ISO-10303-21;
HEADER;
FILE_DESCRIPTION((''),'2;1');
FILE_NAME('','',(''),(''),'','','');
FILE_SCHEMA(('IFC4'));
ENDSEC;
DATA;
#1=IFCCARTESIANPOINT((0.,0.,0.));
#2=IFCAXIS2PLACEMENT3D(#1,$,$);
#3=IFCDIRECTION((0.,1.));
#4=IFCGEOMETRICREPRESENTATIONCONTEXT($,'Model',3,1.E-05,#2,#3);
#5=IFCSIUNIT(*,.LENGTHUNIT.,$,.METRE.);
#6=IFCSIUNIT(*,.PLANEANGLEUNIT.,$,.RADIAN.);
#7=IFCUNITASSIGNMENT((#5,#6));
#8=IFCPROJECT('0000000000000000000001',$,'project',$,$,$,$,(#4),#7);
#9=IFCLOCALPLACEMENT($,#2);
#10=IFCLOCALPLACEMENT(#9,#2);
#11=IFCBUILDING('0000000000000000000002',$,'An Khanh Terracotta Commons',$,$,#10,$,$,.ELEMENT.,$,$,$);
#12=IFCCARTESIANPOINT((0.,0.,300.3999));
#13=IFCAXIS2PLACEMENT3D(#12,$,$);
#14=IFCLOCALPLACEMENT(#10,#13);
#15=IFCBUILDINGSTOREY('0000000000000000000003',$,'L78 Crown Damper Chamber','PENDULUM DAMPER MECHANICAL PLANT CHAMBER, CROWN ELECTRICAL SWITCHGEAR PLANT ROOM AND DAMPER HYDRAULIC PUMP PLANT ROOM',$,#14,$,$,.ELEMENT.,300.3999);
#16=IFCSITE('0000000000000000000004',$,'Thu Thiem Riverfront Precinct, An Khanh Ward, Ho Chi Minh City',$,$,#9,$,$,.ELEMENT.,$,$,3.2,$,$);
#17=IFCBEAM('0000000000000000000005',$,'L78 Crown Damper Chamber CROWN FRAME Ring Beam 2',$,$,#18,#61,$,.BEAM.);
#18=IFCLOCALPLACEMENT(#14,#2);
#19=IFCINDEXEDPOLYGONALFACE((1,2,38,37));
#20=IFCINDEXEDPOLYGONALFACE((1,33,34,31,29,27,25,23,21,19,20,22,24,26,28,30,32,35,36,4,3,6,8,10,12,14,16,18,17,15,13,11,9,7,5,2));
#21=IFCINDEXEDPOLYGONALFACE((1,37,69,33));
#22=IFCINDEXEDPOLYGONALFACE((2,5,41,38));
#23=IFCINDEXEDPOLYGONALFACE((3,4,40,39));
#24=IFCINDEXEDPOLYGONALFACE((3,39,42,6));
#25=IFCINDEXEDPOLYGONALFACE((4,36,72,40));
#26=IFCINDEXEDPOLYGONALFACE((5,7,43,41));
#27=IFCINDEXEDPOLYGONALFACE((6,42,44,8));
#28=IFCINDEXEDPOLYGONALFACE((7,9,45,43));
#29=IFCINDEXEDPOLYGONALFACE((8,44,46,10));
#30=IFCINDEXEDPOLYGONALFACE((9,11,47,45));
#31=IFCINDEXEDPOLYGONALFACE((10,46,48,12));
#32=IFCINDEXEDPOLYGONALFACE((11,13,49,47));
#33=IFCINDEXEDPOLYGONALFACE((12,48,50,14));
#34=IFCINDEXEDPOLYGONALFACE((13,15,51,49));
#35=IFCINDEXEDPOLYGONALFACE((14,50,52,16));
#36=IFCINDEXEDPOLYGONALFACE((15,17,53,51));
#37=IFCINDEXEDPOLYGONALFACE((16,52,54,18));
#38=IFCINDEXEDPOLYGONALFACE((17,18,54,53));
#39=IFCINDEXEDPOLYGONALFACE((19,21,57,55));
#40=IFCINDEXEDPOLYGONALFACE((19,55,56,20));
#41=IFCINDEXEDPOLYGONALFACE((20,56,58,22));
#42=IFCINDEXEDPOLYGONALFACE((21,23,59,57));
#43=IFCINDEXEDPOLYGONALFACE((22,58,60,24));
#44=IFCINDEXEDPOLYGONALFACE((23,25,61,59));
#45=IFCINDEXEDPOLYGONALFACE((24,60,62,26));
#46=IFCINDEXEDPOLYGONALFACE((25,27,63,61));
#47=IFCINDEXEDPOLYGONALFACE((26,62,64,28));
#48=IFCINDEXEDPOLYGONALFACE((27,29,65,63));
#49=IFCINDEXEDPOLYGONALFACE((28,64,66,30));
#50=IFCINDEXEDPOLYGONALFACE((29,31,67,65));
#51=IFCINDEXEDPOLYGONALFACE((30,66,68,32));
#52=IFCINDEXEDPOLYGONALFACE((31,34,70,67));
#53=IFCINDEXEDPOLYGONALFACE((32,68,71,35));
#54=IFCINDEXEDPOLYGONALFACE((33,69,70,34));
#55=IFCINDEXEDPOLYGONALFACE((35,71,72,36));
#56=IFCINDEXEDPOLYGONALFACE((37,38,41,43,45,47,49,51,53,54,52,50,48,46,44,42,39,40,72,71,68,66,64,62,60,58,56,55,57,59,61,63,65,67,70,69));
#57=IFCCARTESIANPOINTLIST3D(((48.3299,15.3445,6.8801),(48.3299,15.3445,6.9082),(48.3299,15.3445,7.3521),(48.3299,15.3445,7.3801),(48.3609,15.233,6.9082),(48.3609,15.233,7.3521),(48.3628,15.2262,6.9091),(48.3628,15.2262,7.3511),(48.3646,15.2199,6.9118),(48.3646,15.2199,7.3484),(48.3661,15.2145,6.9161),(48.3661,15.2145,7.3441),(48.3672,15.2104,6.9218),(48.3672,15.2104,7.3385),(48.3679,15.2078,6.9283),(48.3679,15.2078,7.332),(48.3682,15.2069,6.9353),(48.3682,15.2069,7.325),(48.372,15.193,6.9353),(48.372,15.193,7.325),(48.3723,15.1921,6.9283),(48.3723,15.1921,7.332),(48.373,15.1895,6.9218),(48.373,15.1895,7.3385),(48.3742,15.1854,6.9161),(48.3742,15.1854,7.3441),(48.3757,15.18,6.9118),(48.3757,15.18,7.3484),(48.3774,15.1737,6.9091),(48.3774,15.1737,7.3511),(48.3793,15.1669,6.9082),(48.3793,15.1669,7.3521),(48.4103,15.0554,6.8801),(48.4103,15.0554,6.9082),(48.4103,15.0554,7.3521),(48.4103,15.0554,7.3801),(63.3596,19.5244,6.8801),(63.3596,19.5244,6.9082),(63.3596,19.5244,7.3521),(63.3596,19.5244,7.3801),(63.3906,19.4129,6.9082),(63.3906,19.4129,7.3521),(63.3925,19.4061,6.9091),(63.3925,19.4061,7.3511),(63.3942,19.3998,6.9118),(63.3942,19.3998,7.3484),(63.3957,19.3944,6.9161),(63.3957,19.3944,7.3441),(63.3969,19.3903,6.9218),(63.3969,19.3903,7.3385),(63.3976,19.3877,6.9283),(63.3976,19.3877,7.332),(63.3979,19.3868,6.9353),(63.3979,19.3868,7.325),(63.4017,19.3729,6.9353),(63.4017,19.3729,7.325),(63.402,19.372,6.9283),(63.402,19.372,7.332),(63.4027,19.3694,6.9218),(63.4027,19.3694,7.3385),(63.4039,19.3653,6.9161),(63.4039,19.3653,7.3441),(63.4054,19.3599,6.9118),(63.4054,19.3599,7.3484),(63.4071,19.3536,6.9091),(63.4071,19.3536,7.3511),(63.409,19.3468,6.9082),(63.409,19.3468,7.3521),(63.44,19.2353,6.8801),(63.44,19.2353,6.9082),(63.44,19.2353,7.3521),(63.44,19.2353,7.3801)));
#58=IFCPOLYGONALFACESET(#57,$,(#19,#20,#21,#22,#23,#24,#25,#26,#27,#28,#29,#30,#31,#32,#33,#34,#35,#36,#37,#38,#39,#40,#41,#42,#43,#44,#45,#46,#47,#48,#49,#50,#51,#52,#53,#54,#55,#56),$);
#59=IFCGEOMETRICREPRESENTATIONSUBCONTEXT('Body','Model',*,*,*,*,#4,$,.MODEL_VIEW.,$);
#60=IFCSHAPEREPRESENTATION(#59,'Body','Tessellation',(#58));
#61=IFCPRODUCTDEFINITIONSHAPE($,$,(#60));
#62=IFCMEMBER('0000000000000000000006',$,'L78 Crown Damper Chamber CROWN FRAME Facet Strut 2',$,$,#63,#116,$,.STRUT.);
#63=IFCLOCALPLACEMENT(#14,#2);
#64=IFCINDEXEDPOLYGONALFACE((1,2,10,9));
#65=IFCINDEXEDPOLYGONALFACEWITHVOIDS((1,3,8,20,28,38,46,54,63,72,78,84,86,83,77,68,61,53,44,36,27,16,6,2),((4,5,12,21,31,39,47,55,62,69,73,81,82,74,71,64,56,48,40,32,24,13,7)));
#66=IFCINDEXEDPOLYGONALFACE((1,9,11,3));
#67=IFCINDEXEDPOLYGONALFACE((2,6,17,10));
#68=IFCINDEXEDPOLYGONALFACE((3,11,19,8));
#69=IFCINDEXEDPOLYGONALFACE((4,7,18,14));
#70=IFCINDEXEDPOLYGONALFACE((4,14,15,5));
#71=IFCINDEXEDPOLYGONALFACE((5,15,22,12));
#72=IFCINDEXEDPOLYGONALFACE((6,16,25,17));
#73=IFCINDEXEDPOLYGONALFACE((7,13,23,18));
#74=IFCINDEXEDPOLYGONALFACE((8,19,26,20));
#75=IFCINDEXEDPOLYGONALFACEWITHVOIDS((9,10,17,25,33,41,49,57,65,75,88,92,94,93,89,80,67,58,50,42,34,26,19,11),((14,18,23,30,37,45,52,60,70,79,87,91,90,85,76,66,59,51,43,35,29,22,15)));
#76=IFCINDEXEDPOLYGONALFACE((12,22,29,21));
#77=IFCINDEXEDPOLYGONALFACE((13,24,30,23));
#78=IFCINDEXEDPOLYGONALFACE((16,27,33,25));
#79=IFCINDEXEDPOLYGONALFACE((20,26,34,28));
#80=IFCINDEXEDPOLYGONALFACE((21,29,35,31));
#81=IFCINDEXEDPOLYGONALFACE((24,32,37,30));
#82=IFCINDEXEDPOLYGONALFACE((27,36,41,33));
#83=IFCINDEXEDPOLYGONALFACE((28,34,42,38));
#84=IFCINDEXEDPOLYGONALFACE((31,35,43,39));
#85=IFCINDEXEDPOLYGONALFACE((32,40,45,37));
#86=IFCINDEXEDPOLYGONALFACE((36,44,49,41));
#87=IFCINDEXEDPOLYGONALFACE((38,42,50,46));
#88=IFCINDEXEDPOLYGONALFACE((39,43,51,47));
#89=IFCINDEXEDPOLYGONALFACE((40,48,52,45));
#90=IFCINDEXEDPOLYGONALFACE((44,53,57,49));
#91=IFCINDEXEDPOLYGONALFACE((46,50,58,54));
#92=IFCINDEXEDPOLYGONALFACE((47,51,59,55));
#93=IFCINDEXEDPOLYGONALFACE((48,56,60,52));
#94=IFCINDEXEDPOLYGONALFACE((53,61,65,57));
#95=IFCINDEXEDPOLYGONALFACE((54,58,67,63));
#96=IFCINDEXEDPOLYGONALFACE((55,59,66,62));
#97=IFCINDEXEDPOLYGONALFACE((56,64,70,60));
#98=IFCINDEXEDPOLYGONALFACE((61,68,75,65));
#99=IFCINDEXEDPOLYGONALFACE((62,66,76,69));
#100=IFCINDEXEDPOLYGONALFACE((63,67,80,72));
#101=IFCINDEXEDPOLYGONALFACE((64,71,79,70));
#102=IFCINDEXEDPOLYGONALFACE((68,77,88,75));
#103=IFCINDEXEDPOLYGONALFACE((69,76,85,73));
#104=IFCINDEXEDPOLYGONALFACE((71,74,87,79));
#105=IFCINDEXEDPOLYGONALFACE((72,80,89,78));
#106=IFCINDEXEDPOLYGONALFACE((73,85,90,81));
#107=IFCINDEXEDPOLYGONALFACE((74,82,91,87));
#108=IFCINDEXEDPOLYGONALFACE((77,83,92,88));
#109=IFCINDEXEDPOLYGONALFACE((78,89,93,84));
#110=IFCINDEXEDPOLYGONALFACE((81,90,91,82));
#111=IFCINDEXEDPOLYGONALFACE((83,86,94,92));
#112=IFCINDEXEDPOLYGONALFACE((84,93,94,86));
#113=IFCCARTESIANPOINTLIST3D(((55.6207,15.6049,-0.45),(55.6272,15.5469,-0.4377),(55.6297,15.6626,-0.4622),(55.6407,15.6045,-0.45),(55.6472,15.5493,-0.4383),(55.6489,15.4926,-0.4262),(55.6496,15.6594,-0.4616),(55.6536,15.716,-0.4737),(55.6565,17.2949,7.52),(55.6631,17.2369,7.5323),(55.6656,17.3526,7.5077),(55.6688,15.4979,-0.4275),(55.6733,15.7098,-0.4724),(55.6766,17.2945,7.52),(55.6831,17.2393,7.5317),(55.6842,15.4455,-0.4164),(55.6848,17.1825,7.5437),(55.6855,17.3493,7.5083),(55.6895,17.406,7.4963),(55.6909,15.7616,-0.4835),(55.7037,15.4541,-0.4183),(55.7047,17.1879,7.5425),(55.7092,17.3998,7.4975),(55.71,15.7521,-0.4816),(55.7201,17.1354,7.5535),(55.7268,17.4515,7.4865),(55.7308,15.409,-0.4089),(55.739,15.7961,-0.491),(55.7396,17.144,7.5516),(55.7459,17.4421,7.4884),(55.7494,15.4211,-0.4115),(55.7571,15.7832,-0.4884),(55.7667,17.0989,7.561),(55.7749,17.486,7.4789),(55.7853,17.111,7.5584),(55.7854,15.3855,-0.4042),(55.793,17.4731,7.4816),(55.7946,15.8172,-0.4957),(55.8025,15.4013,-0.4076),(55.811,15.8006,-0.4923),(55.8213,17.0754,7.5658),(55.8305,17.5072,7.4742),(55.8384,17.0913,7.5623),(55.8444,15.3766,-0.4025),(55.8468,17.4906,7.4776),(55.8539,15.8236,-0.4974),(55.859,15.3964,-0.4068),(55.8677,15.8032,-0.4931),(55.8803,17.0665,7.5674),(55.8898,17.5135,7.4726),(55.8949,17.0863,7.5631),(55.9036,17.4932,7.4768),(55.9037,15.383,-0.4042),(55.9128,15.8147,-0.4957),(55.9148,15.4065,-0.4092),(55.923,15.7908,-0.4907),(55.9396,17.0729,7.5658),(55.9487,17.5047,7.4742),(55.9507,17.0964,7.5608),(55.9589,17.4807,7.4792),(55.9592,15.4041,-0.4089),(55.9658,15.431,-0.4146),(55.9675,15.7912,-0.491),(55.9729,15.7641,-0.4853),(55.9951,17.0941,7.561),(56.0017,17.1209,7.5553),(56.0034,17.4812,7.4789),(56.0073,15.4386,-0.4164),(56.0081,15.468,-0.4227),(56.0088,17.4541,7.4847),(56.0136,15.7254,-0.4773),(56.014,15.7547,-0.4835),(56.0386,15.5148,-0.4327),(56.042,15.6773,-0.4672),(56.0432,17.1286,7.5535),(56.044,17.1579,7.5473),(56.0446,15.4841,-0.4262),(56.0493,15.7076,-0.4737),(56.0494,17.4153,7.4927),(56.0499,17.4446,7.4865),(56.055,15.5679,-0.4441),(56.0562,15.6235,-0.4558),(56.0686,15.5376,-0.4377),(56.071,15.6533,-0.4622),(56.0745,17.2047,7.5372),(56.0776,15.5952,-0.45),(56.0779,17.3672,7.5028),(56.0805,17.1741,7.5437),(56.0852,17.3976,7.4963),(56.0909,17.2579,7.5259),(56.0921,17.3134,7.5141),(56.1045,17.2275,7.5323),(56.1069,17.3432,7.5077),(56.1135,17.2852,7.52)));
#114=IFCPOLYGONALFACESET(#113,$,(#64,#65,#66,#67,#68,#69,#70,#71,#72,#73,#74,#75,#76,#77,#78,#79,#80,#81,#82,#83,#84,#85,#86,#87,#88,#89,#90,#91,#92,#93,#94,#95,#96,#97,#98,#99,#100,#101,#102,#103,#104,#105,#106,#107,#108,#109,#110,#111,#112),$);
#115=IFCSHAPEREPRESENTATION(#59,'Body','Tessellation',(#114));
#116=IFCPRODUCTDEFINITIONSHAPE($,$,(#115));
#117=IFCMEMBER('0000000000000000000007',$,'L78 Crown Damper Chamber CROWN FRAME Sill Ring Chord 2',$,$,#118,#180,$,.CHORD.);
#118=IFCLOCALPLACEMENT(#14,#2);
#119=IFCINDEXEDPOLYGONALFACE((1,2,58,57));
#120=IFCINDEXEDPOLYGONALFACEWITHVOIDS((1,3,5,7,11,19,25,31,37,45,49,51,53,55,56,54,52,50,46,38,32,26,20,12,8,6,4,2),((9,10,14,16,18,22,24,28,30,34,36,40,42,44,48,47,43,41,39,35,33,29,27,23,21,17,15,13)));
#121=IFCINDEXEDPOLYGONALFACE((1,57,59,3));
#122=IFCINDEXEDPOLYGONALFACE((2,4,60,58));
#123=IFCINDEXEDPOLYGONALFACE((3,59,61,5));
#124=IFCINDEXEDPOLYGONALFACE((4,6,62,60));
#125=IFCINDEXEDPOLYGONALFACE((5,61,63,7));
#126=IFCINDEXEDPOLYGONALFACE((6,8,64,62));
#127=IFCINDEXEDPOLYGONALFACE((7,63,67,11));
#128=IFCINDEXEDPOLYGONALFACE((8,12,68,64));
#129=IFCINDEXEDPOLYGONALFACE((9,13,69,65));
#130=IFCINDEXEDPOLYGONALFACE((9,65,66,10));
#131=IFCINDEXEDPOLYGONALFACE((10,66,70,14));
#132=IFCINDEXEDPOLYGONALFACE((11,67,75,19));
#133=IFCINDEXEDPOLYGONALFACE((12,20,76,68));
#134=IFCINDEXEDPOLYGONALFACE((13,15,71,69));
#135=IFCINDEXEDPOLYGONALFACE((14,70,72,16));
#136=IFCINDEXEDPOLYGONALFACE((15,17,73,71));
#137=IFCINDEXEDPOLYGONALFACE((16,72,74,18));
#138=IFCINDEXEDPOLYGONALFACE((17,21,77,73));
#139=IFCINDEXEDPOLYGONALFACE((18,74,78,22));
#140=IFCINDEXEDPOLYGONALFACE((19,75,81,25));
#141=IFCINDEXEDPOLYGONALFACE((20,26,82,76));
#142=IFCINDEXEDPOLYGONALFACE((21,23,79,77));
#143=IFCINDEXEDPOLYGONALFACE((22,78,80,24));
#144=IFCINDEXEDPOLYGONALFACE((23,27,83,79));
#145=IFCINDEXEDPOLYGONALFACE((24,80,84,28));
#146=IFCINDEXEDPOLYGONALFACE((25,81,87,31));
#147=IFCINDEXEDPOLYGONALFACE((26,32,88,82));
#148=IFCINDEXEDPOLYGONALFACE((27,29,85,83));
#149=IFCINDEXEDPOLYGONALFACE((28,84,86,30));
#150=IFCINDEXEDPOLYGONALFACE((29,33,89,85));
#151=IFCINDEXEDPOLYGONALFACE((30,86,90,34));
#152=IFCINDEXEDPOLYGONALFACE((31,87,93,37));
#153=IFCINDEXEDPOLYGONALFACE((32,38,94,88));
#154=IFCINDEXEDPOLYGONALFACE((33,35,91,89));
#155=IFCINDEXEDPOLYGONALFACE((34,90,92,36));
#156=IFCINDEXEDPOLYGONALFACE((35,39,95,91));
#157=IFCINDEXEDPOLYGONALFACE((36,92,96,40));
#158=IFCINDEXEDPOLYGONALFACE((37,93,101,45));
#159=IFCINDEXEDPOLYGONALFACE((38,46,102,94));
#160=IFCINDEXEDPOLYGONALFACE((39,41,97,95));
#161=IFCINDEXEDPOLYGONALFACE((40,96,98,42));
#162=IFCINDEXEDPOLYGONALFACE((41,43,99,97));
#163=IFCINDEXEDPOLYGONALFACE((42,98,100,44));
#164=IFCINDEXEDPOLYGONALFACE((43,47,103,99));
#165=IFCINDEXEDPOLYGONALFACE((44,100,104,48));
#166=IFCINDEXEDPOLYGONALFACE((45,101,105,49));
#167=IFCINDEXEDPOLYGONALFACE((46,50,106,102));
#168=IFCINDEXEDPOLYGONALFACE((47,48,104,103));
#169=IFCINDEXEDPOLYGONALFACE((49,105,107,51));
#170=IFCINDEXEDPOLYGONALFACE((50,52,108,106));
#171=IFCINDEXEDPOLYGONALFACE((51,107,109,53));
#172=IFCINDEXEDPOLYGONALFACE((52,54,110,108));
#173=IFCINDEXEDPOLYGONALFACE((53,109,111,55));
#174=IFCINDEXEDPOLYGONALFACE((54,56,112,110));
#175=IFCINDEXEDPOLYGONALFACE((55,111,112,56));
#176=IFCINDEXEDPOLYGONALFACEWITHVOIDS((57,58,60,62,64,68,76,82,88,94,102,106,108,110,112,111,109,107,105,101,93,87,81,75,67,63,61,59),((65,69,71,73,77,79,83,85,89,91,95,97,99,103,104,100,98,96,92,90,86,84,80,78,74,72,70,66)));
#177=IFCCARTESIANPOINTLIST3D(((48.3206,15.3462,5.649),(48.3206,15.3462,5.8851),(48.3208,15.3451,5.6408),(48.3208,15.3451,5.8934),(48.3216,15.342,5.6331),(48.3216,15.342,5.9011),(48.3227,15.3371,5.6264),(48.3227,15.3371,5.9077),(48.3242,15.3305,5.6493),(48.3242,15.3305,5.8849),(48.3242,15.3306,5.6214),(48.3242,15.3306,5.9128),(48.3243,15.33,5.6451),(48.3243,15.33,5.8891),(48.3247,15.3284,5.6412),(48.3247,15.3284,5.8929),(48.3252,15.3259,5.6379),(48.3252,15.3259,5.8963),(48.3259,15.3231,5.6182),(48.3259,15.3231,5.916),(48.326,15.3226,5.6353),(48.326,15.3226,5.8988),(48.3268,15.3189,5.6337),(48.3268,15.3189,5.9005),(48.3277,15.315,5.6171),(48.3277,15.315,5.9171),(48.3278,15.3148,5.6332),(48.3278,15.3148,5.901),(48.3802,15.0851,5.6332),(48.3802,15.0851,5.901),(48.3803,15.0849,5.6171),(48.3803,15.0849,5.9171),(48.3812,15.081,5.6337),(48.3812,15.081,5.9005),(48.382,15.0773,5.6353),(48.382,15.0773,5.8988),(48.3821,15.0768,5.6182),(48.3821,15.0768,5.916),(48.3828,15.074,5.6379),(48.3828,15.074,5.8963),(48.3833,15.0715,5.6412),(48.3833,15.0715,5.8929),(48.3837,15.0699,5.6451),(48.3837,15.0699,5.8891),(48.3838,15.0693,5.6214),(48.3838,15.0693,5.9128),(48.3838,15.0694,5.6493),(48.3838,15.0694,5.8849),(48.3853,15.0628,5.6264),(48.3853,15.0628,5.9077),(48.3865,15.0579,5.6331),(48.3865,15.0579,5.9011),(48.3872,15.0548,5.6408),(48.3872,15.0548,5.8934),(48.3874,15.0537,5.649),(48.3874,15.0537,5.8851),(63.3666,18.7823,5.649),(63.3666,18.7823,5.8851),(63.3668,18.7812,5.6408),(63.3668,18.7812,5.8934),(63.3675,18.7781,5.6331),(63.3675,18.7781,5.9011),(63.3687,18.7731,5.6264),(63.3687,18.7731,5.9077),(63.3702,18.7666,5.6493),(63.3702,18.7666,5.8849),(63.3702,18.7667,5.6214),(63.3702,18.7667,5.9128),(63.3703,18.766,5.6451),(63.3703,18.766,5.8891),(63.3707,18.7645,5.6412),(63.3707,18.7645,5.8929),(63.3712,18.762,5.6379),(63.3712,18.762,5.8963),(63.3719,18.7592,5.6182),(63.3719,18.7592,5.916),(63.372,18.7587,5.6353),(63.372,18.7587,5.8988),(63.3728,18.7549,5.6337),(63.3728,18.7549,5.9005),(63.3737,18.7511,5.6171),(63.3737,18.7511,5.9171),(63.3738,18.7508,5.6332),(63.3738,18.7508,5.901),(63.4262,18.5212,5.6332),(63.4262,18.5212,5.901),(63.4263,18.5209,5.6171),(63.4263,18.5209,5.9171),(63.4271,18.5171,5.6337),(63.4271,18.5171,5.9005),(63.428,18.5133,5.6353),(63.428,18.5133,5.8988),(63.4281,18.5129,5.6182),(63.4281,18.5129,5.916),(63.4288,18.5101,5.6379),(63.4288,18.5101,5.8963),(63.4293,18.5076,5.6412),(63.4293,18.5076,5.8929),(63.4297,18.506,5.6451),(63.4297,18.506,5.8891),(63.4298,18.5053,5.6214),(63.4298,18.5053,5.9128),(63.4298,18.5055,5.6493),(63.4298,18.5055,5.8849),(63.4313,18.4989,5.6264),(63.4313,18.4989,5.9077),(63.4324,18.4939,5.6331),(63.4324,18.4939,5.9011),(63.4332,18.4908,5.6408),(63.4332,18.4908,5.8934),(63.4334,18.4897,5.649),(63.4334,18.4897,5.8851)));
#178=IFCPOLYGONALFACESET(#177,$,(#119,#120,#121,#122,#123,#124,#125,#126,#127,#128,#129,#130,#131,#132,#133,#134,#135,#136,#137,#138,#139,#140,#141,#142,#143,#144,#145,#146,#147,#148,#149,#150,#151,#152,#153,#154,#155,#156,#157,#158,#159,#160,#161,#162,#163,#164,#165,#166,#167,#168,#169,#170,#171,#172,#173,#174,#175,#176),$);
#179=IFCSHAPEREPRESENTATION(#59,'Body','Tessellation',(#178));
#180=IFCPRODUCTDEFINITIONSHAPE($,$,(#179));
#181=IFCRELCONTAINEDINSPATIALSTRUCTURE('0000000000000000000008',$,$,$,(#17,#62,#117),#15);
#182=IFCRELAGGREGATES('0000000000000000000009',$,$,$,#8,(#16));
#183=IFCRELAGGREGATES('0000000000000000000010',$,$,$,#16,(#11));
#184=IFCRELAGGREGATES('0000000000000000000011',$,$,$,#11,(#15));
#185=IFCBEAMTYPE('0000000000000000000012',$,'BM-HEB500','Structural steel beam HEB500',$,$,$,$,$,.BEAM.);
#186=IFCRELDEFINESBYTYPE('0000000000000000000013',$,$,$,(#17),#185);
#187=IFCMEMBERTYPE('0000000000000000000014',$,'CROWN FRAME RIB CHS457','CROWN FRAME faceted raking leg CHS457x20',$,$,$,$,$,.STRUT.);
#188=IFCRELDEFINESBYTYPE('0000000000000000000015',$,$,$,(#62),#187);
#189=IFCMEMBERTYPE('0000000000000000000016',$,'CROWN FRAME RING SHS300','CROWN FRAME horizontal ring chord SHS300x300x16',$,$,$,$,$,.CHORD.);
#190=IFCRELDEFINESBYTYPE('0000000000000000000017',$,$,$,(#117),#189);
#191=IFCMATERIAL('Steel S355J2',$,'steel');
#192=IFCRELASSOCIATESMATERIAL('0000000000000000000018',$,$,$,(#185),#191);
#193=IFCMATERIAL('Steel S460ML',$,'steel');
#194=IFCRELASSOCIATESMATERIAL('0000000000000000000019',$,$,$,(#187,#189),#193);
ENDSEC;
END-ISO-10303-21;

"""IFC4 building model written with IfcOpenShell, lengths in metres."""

from ifc_helpers import new_model, si_unit, direction, frame, origin, origin_2d, place, context, subcontext, project, spatial, hollow_rectangle, hollow_circle, i_section, extrude, material, material_profile, profile_set, type_object, element, save


model = new_model("IFC4")

# Units and contexts
model_context = context("Model", 3, precision=1e-05, world=origin(), true_north=direction((0.0, 1.0)))
body_context = subcontext(model_context, "Body", "Model", "MODEL_VIEW")
ifc_project = project(units=[si_unit("LENGTHUNIT", "METRE"), si_unit("PLANEANGLEUNIT", "RADIAN")], contexts=[model_context])

# Site, building, storey
site_placement = place(None, origin())
site = spatial("IfcSite", under=ifc_project, at=site_placement, Name="Thu Thiem Riverfront Precinct, An Khanh Ward, Ho Chi Minh City", CompositionType="ELEMENT", RefElevation=3.2)
building_placement = place(site_placement, origin())
building = spatial("IfcBuilding", under=site, at=building_placement, Name="An Khanh Terracotta Commons", CompositionType="ELEMENT")
storey_placement = place(building_placement, frame((0.0, 0.0, 300.3999)))
storey = spatial("IfcBuildingStorey", under=building, at=storey_placement, Name="L78 Crown Damper Chamber", Description="PENDULUM DAMPER MECHANICAL PLANT CHAMBER, CROWN ELECTRICAL SWITCHGEAR PLANT ROOM AND DAMPER HYDRAULIC PUMP PLANT ROOM", CompositionType="ELEMENT", Elevation=300.3999)

# Beam
ifc_material_1 = material(Name="Steel S355J2", Category="steel")
ifc_material_profile_1 = material_profile(ifc_material_1, i_section(OverallWidth=0.3, OverallDepth=0.5, WebThickness=0.0144, FlangeThickness=0.0281, FilletRadius=0.0271, at=origin_2d()), Name="HEB500")
ifc_profile_set_1 = profile_set([ifc_material_profile_1], Name="Steel S355J2")
beam_type = type_object("IfcBeamType", Name="BM-HEB500", Description="Structural steel beam HEB500", PredefinedType="BEAM", material=ifc_profile_set_1)
beam_placement = place(storey_placement, frame((48.3701, 15.2, 7.1301), z_axis=(0.963435, 0.267941, 0.0), x_axis=(-0.267941, 0.963435, 0.0)))
element("IfcBeam", 1, at=beam_placement, inside=storey, type_object=beam_type, Name="L78 Crown Damper Chamber CROWN FRAME Ring Beam 2", PredefinedType="BEAM", context=body_context, shape_type="SweptSolid", body=[
    extrude(i_section(OverallWidth=0.3, OverallDepth=0.5, WebThickness=0.0144, FlangeThickness=0.0281, FilletRadius=0.0271, at=origin_2d()), origin(), (0.0, 0.0, 1.0), 15.6001),
])

# Members
ifc_material_2 = material(Name="Steel S460ML", Category="steel")
ifc_material_profile_2 = material_profile(ifc_material_2, hollow_circle(Radius=0.2285, WallThickness=0.02, at=origin_2d()), Name="CHS457x20")
ifc_profile_set_2 = profile_set([ifc_material_profile_2], Name="Steel S460ML")
member_type_1 = type_object("IfcMemberType", Name="CROWN FRAME RIB CHS457", Description="CROWN FRAME faceted raking leg CHS457x20", PredefinedType="STRUT", material=ifc_profile_set_2)
member_1_placement = place(storey_placement, frame((55.8491, 15.6001, -0.45), z_axis=(0.004405, 0.207425, 0.978241), x_axis=(-0.999775, 0.021232, 0.0)))
element("IfcMember", 2, at=member_1_placement, inside=storey, type_object=member_type_1, Name="L78 Crown Damper Chamber CROWN FRAME Facet Strut 2", PredefinedType="STRUT", context=body_context, shape_type="SweptSolid", body=[
    extrude(hollow_circle(Radius=0.2285, WallThickness=0.02, at=origin_2d()), origin(), (0.0, 0.0, 1.0), 8.1472),
])
ifc_material_profile_3 = material_profile(ifc_material_2, hollow_rectangle(XDim=0.3, YDim=0.3, WallThickness=0.0161, InnerFilletRadius=0.0161, OuterFilletRadius=0.032, at=origin_2d()), Name="SHS300x300x16")
ifc_profile_set_3 = profile_set([ifc_material_profile_3], Name="Steel S460ML")
member_type_2 = type_object("IfcMemberType", Name="CROWN FRAME RING SHS300", Description="CROWN FRAME horizontal ring chord SHS300x300x16", PredefinedType="CHORD", material=ifc_profile_set_3)
member_2_placement = place(storey_placement, frame((48.354, 15.2, 5.7671), z_axis=(0.974901, 0.222638, 0.0), x_axis=(-0.222638, 0.974901, 0.0)))
element("IfcMember", 3, at=member_2_placement, inside=storey, type_object=member_type_2, Name="L78 Crown Damper Chamber CROWN FRAME Sill Ring Chord 2", PredefinedType="CHORD", context=body_context, shape_type="SweptSolid", body=[
    extrude(hollow_rectangle(XDim=0.3, YDim=0.3, WallThickness=0.0161, InnerFilletRadius=0.0161, OuterFilletRadius=0.032, at=origin_2d()), origin(), (0.0, 0.0, 1.0), 15.4333),
])

save(model, "model.ifc")
